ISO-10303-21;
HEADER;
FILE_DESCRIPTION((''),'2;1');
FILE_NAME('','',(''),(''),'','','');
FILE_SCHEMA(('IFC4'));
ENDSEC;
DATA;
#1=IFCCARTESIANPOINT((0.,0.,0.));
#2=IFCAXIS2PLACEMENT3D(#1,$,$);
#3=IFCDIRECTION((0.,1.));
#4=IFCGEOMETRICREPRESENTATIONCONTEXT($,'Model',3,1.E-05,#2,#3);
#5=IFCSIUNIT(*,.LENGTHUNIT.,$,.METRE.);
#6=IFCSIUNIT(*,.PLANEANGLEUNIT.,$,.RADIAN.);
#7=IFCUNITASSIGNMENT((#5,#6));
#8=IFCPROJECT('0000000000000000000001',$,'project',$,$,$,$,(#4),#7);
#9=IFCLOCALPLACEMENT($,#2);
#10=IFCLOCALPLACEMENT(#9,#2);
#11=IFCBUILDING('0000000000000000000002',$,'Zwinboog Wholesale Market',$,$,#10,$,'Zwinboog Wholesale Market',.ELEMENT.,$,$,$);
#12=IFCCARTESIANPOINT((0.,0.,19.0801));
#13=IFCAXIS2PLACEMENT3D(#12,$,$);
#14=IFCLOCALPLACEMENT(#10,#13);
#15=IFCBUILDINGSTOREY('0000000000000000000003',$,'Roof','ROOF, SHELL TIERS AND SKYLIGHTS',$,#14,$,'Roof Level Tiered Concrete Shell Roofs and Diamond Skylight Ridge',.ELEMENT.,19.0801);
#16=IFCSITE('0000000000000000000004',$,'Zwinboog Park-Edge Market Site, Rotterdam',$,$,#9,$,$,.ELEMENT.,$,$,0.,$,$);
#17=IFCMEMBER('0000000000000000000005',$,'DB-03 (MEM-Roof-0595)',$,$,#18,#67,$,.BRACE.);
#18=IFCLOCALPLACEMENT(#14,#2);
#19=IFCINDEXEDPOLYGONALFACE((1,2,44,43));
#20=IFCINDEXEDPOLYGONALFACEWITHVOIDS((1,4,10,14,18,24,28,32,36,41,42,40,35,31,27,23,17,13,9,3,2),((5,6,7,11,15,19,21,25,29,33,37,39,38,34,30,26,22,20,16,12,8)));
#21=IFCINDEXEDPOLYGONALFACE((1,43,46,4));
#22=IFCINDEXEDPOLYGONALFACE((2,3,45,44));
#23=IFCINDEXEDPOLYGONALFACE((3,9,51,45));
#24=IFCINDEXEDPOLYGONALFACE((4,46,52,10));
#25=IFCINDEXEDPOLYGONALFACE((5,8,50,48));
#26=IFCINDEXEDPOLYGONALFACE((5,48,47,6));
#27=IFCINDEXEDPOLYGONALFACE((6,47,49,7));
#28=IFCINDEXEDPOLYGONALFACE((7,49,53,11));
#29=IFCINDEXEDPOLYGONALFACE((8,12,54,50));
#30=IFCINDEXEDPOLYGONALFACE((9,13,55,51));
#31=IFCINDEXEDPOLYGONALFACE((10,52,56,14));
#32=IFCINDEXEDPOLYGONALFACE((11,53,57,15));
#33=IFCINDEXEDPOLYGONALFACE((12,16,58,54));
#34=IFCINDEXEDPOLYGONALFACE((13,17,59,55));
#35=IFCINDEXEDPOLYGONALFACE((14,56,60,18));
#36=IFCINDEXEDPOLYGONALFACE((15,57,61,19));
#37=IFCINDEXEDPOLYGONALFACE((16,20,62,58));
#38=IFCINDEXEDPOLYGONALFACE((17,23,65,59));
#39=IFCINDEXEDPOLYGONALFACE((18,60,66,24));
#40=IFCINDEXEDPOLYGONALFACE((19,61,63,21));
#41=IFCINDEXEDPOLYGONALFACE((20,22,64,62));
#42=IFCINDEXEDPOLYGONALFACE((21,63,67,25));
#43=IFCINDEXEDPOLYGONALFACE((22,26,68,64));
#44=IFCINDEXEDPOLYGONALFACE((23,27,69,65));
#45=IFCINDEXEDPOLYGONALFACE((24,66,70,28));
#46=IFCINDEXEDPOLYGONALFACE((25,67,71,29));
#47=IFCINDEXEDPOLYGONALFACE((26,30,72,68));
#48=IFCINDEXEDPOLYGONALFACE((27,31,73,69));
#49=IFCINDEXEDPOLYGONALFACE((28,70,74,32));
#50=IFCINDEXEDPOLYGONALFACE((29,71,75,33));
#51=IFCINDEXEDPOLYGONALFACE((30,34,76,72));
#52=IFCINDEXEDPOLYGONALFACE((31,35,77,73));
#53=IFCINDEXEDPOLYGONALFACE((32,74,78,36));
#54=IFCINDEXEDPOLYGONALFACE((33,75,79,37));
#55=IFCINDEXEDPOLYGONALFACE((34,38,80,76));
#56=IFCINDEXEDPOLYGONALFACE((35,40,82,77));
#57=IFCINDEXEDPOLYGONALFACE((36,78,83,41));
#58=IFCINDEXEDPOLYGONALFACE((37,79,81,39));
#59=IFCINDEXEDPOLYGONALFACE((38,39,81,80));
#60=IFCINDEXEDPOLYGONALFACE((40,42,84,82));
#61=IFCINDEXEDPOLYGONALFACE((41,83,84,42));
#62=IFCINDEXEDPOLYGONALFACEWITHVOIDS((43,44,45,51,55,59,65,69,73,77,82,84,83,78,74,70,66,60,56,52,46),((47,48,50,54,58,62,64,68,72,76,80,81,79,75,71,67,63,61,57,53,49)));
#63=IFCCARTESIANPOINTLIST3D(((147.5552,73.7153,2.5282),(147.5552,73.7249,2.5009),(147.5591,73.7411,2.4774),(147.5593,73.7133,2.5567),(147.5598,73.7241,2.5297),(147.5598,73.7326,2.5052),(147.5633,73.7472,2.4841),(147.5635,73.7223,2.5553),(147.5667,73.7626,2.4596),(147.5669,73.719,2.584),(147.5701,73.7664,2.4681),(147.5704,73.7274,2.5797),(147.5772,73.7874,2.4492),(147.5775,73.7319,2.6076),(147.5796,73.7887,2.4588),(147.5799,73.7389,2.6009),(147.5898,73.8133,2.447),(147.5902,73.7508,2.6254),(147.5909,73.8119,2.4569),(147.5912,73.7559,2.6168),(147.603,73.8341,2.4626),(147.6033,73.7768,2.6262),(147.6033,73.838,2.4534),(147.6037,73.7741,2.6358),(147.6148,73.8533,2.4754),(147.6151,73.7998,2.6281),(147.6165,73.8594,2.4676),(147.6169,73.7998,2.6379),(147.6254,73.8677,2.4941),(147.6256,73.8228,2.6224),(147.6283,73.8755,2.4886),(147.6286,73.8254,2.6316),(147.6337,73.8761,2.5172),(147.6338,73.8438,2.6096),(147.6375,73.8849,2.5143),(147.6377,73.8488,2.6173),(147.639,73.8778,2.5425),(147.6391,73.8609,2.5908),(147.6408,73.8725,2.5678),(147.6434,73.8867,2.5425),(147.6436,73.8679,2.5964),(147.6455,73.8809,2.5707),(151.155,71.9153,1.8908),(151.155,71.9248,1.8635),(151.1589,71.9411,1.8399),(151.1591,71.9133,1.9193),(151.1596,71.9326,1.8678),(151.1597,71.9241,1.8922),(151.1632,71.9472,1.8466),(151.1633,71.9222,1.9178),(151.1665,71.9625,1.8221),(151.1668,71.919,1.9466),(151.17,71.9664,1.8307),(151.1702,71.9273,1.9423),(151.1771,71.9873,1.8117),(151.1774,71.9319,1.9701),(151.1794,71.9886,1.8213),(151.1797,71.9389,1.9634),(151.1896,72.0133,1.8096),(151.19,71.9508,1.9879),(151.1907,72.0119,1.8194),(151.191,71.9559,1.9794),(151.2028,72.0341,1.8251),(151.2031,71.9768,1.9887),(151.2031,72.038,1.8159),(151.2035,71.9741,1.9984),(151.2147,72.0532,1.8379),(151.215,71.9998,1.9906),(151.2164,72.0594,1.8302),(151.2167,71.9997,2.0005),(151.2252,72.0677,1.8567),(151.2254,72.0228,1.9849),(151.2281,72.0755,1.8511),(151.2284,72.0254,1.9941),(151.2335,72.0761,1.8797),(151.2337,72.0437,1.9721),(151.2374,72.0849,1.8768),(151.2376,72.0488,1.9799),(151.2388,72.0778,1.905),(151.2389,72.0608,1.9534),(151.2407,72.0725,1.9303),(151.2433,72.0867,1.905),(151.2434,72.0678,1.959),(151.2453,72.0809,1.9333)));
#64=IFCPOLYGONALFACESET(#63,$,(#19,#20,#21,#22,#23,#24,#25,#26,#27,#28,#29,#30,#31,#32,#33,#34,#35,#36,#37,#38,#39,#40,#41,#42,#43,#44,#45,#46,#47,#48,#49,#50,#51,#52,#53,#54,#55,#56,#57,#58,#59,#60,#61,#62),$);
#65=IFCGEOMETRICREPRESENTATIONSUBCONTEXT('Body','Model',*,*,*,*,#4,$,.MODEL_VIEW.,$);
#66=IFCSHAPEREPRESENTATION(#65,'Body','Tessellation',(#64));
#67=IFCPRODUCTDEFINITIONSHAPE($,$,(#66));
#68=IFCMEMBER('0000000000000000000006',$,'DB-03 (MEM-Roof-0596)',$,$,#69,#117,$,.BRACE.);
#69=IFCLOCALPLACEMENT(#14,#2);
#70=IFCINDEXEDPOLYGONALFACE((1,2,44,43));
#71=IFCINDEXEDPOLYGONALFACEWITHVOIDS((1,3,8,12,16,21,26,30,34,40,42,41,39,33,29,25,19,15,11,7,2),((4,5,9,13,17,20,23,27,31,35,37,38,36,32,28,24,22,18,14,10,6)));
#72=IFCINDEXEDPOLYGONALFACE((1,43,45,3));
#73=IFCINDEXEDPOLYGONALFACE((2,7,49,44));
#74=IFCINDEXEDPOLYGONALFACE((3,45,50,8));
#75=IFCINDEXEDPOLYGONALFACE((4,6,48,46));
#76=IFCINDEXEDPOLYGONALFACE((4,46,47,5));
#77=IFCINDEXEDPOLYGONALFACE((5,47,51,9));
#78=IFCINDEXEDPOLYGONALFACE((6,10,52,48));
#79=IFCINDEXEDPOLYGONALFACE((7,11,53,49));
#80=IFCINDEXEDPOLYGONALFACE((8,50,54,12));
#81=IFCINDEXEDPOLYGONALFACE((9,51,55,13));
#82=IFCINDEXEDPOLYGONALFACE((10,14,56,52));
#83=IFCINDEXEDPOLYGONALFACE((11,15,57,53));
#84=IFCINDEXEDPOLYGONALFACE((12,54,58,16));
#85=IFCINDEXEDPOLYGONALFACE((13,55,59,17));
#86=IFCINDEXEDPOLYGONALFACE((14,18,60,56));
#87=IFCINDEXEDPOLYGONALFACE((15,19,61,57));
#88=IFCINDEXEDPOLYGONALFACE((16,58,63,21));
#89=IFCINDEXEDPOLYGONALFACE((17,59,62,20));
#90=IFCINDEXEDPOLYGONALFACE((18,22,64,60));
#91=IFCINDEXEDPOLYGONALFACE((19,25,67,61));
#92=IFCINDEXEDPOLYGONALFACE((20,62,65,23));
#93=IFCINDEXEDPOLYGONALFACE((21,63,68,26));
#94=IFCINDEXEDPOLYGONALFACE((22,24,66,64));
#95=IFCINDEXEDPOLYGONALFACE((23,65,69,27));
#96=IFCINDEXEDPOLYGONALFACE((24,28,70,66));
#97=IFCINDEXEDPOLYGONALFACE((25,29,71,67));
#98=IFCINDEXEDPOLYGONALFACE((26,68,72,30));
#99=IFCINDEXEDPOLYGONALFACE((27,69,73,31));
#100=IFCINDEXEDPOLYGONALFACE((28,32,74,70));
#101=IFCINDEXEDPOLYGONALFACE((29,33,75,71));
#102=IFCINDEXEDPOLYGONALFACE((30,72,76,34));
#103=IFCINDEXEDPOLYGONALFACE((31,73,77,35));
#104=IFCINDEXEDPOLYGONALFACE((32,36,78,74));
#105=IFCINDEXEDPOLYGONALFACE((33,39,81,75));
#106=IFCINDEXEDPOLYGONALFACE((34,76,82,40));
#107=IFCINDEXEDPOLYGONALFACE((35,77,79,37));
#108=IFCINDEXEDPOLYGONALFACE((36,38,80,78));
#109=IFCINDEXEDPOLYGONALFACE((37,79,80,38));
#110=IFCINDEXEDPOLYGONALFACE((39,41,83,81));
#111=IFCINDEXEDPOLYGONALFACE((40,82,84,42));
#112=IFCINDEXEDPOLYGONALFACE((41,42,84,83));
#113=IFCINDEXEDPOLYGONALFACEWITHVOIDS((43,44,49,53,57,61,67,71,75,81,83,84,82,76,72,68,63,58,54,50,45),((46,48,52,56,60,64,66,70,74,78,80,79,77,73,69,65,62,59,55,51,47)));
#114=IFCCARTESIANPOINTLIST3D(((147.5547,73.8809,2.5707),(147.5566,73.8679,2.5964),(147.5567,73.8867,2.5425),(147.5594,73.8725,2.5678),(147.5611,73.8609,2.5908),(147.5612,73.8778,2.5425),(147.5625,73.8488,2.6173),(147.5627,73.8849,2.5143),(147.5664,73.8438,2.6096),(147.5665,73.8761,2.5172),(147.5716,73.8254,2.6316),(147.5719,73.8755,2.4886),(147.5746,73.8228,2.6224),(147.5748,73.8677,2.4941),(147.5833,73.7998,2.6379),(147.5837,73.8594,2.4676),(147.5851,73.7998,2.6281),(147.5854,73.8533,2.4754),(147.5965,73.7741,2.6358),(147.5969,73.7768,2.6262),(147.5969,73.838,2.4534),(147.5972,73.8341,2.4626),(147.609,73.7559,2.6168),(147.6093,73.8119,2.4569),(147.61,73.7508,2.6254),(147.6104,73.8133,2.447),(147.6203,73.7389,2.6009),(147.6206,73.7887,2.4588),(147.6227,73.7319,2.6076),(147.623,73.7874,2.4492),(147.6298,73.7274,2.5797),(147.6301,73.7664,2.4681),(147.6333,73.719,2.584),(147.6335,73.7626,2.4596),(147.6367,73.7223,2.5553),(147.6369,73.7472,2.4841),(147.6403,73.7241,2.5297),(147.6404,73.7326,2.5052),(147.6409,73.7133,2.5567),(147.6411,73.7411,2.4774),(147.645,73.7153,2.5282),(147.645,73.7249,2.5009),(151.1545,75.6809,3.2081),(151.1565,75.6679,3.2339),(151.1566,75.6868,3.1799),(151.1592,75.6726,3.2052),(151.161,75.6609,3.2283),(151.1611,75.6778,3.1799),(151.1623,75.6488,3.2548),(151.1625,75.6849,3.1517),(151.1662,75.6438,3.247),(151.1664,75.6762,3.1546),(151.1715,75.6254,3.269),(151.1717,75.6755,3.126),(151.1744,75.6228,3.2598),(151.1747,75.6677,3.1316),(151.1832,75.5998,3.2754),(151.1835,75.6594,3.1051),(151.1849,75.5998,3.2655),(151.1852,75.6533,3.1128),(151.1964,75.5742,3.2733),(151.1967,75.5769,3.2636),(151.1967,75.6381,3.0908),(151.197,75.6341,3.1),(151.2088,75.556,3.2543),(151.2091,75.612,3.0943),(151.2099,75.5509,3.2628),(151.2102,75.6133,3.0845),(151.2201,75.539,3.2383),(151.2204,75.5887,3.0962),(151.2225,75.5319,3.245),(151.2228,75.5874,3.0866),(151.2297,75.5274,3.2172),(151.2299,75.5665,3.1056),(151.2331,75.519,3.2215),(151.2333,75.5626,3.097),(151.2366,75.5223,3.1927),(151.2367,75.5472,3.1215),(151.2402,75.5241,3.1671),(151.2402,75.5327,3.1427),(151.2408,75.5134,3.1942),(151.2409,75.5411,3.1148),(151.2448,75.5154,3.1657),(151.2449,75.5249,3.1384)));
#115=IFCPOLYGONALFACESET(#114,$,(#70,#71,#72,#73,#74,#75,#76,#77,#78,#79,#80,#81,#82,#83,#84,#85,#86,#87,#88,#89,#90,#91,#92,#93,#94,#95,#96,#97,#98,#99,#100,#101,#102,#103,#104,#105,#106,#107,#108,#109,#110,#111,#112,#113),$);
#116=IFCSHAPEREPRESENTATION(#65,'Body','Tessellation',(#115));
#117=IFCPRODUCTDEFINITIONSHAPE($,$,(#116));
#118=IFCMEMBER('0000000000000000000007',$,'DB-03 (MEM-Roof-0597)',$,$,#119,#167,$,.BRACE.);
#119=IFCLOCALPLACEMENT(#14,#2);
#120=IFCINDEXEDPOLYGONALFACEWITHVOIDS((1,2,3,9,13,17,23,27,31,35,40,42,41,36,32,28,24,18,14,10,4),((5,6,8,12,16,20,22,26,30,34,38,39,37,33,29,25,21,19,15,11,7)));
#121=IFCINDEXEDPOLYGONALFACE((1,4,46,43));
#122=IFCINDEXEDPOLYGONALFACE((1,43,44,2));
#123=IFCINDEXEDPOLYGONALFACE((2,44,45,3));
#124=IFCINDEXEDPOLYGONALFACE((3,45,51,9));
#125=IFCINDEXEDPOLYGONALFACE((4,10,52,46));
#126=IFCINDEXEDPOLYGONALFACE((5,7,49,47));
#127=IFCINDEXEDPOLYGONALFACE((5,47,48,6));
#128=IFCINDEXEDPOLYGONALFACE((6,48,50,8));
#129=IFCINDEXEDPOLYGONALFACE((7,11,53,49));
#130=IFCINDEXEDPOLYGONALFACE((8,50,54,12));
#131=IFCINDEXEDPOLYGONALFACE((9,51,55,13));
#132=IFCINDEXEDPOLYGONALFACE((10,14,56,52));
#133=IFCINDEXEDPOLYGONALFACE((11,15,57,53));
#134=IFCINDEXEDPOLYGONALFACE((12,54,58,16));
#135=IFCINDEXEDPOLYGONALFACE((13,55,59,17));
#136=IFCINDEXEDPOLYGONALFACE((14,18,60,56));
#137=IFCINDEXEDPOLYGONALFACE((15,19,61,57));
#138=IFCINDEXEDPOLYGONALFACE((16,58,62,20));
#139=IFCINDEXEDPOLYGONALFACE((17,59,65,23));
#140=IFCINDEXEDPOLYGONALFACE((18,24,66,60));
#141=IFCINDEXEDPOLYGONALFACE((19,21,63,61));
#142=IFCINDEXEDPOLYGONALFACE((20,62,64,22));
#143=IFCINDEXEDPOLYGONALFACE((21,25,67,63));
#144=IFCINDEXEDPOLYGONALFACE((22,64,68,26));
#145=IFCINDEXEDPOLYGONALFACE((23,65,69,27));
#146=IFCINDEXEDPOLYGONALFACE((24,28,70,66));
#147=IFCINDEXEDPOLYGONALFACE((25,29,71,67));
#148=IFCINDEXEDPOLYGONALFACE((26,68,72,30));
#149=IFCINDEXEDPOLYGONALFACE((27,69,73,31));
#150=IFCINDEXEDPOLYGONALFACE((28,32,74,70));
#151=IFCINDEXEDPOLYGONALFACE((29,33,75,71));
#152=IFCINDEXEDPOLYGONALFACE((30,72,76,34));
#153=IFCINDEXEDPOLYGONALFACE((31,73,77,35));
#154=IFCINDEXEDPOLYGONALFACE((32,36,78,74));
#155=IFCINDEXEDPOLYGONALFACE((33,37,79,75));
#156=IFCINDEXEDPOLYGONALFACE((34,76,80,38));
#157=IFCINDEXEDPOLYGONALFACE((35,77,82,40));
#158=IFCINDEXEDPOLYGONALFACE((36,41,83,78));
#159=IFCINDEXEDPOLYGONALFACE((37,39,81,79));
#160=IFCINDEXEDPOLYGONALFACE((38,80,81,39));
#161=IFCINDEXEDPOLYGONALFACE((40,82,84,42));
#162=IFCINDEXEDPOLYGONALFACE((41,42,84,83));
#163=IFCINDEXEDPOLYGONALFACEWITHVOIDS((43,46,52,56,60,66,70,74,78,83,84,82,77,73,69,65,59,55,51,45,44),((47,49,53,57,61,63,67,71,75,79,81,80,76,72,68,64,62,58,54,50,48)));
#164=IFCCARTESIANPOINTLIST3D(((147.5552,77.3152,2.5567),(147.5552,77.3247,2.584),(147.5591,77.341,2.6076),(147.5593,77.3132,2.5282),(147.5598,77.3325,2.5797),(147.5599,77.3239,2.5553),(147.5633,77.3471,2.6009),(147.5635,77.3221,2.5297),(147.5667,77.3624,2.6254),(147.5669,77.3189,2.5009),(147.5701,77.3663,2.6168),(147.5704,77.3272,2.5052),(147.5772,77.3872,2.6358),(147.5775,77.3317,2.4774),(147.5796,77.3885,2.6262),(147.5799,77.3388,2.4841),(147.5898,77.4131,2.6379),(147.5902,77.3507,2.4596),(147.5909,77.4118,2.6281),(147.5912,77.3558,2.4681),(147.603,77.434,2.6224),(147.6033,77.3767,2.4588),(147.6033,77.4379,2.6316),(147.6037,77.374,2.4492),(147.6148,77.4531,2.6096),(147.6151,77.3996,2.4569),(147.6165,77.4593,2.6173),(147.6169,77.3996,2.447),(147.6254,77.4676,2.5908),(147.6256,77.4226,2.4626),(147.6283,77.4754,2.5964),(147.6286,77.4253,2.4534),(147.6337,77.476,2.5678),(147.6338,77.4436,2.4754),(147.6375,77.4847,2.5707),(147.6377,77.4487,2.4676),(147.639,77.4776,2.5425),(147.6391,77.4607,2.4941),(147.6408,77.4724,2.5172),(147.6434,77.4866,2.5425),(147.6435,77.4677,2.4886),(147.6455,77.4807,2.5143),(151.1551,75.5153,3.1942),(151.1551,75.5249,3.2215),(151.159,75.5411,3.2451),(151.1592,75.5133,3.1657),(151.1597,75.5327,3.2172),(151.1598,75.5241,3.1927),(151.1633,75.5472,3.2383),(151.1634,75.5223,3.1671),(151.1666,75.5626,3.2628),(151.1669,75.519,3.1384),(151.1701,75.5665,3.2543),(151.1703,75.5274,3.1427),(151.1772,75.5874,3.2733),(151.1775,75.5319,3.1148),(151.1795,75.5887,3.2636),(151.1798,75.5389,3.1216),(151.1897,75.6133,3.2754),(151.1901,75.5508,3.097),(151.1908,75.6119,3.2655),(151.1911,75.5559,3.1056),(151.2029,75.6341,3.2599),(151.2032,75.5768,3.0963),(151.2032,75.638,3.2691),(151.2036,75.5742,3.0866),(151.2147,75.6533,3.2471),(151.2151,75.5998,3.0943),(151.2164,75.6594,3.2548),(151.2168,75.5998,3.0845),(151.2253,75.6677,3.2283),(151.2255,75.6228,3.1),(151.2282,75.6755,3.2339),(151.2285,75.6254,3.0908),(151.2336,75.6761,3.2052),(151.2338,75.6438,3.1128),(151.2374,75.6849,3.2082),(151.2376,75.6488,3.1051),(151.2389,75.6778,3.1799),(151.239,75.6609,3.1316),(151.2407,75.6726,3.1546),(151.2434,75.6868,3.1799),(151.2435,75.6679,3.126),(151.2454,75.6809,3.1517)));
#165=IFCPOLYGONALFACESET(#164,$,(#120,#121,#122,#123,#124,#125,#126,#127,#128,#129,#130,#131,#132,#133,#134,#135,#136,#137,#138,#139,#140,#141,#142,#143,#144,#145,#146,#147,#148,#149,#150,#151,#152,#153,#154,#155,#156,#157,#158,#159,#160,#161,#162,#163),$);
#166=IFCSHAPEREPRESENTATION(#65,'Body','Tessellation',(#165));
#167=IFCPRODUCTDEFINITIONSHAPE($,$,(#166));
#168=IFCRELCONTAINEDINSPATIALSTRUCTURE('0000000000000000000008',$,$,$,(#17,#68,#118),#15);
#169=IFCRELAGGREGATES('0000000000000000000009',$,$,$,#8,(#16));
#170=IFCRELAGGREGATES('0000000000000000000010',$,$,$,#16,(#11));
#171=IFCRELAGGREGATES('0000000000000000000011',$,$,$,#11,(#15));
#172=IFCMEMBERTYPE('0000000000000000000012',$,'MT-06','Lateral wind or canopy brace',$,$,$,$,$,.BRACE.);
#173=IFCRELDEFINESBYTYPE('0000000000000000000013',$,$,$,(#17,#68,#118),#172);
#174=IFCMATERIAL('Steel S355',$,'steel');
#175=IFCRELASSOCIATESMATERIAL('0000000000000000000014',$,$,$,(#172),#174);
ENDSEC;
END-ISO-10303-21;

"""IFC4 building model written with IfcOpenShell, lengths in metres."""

from ifc_helpers import new_model, si_unit, direction, frame, origin, origin_2d, place, context, subcontext, project, spatial, hollow_circle, extrude, material, material_profile, profile_set, type_object, element, save


model = new_model("IFC4")

# Units and contexts
model_context = context("Model", 3, precision=1e-05, world=origin(), true_north=direction((0.0, 1.0)))
body_context = subcontext(model_context, "Body", "Model", "MODEL_VIEW")
ifc_project = project(units=[si_unit("LENGTHUNIT", "METRE"), si_unit("PLANEANGLEUNIT", "RADIAN")], contexts=[model_context])

# Site, building, storey
site_placement = place(None, origin())
site = spatial("IfcSite", under=ifc_project, at=site_placement, Name="Zwinboog Park-Edge Market Site, Rotterdam", CompositionType="ELEMENT", RefElevation=0.0)
building_placement = place(site_placement, origin())
building = spatial("IfcBuilding", under=site, at=building_placement, Name="Zwinboog Wholesale Market", LongName="Zwinboog Wholesale Market", CompositionType="ELEMENT")
storey_placement = place(building_placement, frame((0.0, 0.0, 19.0801)))
storey = spatial("IfcBuildingStorey", under=building, at=storey_placement, Name="Roof", Description="ROOF, SHELL TIERS AND SKYLIGHTS", LongName="Roof Level Tiered Concrete Shell Roofs and Diamond Skylight Ridge", CompositionType="ELEMENT", Elevation=19.0801)

# Members
ifc_material_1 = material(Name="Steel S355", Category="steel")
ifc_material_profile_1 = material_profile(ifc_material_1, hollow_circle(Radius=0.0969, WallThickness=0.01, at=origin_2d()), Name="CHS 193.7x10")
ifc_profile_set_1 = profile_set([ifc_material_profile_1], Name="Steel S355")
member_type_1 = type_object("IfcMemberType", Name="MT-06", Description="Lateral wind or canopy brace", PredefinedType="BRACE", material=ifc_profile_set_1)
for number, where, z_axis, x_axis, name in (
    (1, (147.6001, 73.8, 2.5425), (0.883404, -0.441732, -0.15643), (0.447238, 0.894415, 0.0), "DB-03 (MEM-Roof-0595)"),
    (2, (147.6001, 73.8, 2.5425), (0.883404, 0.441732, 0.15643), (-0.447238, 0.894415, 0.0), "DB-03 (MEM-Roof-0596)"),
    (3, (147.6001, 77.3999, 2.5425), (0.883427, -0.441684, 0.156435), (0.447189, 0.894439, 0.0), "DB-03 (MEM-Roof-0597)"),
):
    element("IfcMember", number, at=place(storey_placement, frame(where, z_axis=z_axis, x_axis=x_axis)), inside=storey, type_object=member_type_1, Name=name, PredefinedType="BRACE", context=body_context, shape_type="SweptSolid", body=[
        extrude(hollow_circle(Radius=0.0969, WallThickness=0.01, at=origin_2d()), origin(), (0.0, 0.0, 1.0), 4.075),
    ])

save(model, "model.ifc")
